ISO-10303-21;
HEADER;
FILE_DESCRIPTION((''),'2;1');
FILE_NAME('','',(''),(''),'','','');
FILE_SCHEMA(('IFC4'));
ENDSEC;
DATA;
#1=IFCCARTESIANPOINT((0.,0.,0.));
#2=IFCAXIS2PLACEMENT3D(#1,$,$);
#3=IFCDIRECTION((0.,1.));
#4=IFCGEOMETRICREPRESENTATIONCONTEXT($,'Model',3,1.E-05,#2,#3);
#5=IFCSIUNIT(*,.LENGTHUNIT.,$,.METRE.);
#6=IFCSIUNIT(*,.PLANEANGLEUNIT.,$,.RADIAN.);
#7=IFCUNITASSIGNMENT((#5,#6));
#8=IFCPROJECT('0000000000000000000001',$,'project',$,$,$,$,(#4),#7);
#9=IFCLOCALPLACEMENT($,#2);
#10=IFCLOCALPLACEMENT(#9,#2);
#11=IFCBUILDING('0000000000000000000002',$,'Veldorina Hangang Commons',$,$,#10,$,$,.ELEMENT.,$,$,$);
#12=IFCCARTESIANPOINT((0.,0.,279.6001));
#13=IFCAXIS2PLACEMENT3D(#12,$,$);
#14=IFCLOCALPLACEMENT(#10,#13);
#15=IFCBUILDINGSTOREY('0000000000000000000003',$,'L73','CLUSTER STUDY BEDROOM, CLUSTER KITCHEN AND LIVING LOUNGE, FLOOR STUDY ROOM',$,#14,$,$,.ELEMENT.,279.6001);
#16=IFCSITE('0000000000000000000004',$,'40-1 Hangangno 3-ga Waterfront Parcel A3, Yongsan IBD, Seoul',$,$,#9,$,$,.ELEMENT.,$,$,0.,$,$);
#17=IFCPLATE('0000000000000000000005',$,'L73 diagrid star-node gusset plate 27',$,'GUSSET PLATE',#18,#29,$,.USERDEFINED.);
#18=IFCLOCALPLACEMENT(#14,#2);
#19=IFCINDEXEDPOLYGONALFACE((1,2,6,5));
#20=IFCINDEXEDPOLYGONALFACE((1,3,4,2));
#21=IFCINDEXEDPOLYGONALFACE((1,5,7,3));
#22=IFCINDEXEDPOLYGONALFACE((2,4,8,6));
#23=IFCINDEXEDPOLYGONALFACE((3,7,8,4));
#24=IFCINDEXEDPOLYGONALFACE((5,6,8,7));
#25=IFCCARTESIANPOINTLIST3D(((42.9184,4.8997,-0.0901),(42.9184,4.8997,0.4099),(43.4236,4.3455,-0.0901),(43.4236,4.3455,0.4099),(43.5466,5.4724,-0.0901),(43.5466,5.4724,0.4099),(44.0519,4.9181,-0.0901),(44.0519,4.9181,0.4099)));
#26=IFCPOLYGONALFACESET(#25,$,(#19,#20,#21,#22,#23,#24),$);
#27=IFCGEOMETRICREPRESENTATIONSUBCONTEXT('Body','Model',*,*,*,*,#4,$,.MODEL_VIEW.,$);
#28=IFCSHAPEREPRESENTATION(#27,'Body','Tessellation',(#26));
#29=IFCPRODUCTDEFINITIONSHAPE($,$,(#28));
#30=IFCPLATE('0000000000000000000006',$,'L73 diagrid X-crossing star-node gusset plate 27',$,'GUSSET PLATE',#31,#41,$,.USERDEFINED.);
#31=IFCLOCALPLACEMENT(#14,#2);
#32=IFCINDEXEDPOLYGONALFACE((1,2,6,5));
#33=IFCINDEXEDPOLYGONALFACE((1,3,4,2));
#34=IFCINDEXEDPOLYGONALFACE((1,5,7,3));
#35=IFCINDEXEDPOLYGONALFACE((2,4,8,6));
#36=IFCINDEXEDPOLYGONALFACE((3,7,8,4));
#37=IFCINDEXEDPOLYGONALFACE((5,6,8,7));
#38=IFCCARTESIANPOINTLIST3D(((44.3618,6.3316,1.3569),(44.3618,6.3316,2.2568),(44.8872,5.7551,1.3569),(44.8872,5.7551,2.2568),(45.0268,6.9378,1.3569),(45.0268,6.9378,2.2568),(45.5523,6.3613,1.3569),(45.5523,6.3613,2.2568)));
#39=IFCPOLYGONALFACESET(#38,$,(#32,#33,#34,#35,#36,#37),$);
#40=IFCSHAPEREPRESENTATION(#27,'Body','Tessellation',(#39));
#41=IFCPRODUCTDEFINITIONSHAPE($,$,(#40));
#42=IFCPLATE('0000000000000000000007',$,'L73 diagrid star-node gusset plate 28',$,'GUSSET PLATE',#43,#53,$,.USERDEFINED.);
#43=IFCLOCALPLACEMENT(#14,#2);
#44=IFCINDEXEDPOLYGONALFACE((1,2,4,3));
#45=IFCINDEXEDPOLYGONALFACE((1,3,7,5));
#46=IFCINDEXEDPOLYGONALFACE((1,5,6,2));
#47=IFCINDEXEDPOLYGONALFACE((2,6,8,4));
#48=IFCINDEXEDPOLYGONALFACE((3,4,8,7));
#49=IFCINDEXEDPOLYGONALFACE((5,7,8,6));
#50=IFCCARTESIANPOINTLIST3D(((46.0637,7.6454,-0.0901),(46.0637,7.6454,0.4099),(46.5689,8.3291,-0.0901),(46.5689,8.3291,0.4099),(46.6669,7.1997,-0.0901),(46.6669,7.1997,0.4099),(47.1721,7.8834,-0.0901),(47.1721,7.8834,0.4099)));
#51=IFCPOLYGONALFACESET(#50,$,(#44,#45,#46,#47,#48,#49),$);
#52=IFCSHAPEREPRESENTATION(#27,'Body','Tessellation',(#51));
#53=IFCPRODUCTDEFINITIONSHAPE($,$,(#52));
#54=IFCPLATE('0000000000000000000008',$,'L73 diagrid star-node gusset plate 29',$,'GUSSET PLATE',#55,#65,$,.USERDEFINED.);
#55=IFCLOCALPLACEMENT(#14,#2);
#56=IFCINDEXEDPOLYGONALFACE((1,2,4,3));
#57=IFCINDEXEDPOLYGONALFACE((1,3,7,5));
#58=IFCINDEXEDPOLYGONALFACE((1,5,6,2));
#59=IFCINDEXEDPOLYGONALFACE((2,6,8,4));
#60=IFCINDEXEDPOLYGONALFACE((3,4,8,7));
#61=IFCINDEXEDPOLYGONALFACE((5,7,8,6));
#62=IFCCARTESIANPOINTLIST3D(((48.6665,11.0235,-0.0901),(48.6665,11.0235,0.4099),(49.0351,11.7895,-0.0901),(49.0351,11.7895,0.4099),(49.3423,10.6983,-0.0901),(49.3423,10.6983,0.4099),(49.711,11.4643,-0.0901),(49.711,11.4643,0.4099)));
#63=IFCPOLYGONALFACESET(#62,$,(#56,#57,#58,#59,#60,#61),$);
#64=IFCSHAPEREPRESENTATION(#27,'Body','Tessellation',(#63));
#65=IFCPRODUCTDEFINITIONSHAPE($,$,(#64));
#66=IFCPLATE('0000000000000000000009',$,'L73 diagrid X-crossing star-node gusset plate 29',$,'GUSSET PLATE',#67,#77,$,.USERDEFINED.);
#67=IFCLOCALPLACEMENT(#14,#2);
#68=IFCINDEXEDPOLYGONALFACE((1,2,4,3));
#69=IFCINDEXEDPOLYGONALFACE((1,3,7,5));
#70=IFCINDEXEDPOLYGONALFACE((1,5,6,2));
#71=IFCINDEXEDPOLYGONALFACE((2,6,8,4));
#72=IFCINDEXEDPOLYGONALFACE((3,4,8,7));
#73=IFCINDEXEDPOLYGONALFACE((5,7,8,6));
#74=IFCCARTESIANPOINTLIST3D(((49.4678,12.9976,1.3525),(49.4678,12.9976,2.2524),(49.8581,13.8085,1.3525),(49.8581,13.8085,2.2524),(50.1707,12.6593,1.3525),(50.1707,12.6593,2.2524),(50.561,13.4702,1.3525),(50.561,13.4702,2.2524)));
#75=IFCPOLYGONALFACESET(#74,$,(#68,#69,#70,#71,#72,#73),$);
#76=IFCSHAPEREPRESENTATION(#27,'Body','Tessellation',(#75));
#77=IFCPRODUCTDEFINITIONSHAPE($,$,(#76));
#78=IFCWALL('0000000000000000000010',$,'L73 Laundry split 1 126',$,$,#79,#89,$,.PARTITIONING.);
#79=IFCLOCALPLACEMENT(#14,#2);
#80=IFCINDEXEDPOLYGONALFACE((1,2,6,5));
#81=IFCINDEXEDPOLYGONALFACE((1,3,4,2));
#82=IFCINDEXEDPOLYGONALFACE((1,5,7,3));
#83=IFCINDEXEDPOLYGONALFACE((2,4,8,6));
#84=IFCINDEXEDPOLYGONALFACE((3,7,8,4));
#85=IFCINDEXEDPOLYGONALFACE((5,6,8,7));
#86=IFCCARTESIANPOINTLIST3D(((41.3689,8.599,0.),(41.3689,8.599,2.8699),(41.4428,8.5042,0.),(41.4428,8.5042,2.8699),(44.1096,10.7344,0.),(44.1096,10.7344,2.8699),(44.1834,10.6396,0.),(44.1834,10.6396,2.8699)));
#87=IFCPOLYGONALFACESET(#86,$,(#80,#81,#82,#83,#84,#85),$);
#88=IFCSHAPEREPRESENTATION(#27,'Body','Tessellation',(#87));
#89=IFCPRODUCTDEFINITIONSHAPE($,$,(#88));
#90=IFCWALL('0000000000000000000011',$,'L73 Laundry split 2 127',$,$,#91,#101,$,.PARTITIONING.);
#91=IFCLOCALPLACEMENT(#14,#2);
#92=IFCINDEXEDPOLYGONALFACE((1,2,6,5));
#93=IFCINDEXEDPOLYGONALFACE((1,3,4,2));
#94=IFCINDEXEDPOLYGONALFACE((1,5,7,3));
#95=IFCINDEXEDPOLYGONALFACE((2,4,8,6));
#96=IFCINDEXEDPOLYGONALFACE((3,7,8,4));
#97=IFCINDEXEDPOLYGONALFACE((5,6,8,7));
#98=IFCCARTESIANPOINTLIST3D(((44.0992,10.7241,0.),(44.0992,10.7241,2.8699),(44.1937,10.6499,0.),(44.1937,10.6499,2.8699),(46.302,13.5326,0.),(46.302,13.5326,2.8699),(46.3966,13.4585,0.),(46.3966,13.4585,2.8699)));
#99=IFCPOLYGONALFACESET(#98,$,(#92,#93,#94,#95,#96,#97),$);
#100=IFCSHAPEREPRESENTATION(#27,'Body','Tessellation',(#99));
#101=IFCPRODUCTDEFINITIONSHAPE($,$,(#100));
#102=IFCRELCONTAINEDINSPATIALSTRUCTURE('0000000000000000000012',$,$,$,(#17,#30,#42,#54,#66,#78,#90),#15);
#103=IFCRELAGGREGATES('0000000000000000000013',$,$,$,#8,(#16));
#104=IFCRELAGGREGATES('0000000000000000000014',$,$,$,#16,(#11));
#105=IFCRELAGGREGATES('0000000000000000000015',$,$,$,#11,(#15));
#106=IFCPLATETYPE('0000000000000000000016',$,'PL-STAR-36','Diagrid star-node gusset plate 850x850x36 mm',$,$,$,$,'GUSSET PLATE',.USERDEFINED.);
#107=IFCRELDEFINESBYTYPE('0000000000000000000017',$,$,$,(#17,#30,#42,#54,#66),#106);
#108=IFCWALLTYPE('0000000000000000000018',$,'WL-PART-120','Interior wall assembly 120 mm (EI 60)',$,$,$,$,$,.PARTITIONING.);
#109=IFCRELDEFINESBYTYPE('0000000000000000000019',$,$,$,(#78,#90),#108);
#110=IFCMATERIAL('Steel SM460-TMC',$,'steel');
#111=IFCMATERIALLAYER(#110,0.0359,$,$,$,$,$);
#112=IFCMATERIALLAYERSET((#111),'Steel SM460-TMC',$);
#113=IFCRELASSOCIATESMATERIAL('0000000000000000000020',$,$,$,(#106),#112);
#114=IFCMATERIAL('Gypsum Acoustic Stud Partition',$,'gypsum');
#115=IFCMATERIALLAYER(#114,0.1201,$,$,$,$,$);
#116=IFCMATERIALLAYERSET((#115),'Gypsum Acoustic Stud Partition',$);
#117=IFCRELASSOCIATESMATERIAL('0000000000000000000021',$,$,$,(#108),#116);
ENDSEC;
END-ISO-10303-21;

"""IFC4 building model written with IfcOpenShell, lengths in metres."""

from ifc_helpers import new_model, si_unit, direction, frame, frame_2d, origin, origin_2d, place, context, subcontext, project, spatial, rectangle, extrude, material, layer, layer_set, type_object, element, save


model = new_model("IFC4")

# Units and contexts
model_context = context("Model", 3, precision=1e-05, world=origin(), true_north=direction((0.0, 1.0)))
body_context = subcontext(model_context, "Body", "Model", "MODEL_VIEW")
ifc_project = project(units=[si_unit("LENGTHUNIT", "METRE"), si_unit("PLANEANGLEUNIT", "RADIAN")], contexts=[model_context])

# Site, building, storey
site_placement = place(None, origin())
site = spatial("IfcSite", under=ifc_project, at=site_placement, Name="40-1 Hangangno 3-ga Waterfront Parcel A3, Yongsan IBD, Seoul", CompositionType="ELEMENT", RefElevation=0.0)
building_placement = place(site_placement, origin())
building = spatial("IfcBuilding", under=site, at=building_placement, Name="Veldorina Hangang Commons", CompositionType="ELEMENT")
storey_placement = place(building_placement, frame((0.0, 0.0, 279.6001)))
storey = spatial("IfcBuildingStorey", under=building, at=storey_placement, Name="L73", Description="CLUSTER STUDY BEDROOM, CLUSTER KITCHEN AND LIVING LOUNGE, FLOOR STUDY ROOM", CompositionType="ELEMENT", Elevation=279.6001)

# Plates
ifc_material_1 = material(Name="Steel SM460-TMC", Category="steel")
ifc_layer_1 = layer(ifc_material_1, 0.0359)
ifc_layer_set_1 = layer_set([ifc_layer_1], Name="Steel SM460-TMC")
plate_type_1 = type_object("IfcPlateType", Name="PL-STAR-36", Description="Diagrid star-node gusset plate 850x850x36 mm", ElementType="GUSSET PLATE", PredefinedType="USERDEFINED", material=ifc_layer_set_1)
plate_1_placement = place(storey_placement, frame((43.4851, 4.9089, -0.0901), z_axis=(0.0, 0.0, 1.0), x_axis=(0.739055, 0.673645, 0.0)))
element("IfcPlate", 1, at=plate_1_placement, inside=storey, type_object=plate_type_1, Name="L73 diagrid star-node gusset plate 27", ObjectType="GUSSET PLATE", PredefinedType="USERDEFINED", context=body_context, shape_type="SweptSolid", body=[
    extrude(rectangle(XDim=0.8501, YDim=0.75, at=origin_2d()), origin(), (0.0, 0.0, 1.0), 0.5),
])
plate_2_placement = place(storey_placement, frame((44.957, 6.3464, 1.3569), z_axis=(0.0, 0.0, 1.0), x_axis=(0.739055, 0.673645, 0.0)))
element("IfcPlate", 2, at=plate_2_placement, inside=storey, type_object=plate_type_1, Name="L73 diagrid X-crossing star-node gusset plate 27", ObjectType="GUSSET PLATE", PredefinedType="USERDEFINED", context=body_context, shape_type="SweptSolid", body=[
    extrude(rectangle(XDim=0.8999, YDim=0.78, at=origin_2d()), origin(), (0.0, 0.0, 1.0), 0.8999),
])
for number, where, z_axis, x_axis, name in (
    (3, (46.6179, 7.7644, -0.0901), (0.0, 0.0, 1.0), (0.594261, 0.804272, 0.0), "L73 diagrid star-node gusset plate 28"),
    (4, (49.1887, 11.2439, -0.0901), (0.0, 0.0, 1.0), (0.433659, 0.901077, 0.0), "L73 diagrid star-node gusset plate 29"),
):
    element("IfcPlate", number, at=place(storey_placement, frame(where, z_axis=z_axis, x_axis=x_axis)), inside=storey, type_object=plate_type_1, Name=name, ObjectType="GUSSET PLATE", PredefinedType="USERDEFINED", context=body_context, shape_type="SweptSolid", body=[
        extrude(rectangle(XDim=0.8501, YDim=0.75, at=origin_2d()), origin(), (0.0, 0.0, 1.0), 0.5),
    ])
plate_3_placement = place(storey_placement, frame((50.0144, 13.2339, 1.3525), z_axis=(0.0, 0.0, 1.0), x_axis=(0.433659, 0.901077, 0.0)))
element("IfcPlate", 5, at=plate_3_placement, inside=storey, type_object=plate_type_1, Name="L73 diagrid X-crossing star-node gusset plate 29", ObjectType="GUSSET PLATE", PredefinedType="USERDEFINED", context=body_context, shape_type="SweptSolid", body=[
    extrude(rectangle(XDim=0.8999, YDim=0.78, at=origin_2d()), origin(), (0.0, 0.0, 1.0), 0.8999),
])

# Walls
ifc_material_2 = material(Name="Gypsum Acoustic Stud Partition", Category="gypsum")
ifc_layer_2 = layer(ifc_material_2, 0.1201)
ifc_layer_set_2 = layer_set([ifc_layer_2], Name="Gypsum Acoustic Stud Partition")
wall_type = type_object("IfcWallType", Name="WL-PART-120", Description="Interior wall assembly 120 mm (EI 60)", PredefinedType="PARTITIONING", material=ifc_layer_set_2)
wall_1_placement = place(storey_placement, frame((41.4058, 8.5515, 0.0), z_axis=(0.0, 0.0, 1.0), x_axis=(0.788818, 0.614626, 0.0)))
element("IfcWall", 6, at=wall_1_placement, inside=storey, type_object=wall_type, Name="L73 Laundry split 1 126", PredefinedType="PARTITIONING", context=body_context, shape_type="SweptSolid", body=[
    extrude(rectangle(XDim=3.4744, YDim=0.1201, at=frame_2d((1.7373, 0.0))), origin(), (0.0, 0.0, 1.0), 2.8699),
])
wall_2_placement = place(storey_placement, frame((44.1465, 10.687, 0.0), z_axis=(0.0, 0.0, 1.0), x_axis=(0.617151, 0.786845, 0.0)))
element("IfcWall", 7, at=wall_2_placement, inside=storey, type_object=wall_type, Name="L73 Laundry split 2 127", PredefinedType="PARTITIONING", context=body_context, shape_type="SweptSolid", body=[
    extrude(rectangle(XDim=3.5693, YDim=0.1201, at=frame_2d((1.7847, 0.0))), origin(), (0.0, 0.0, 1.0), 2.8699),
])

save(model, "model.ifc")
